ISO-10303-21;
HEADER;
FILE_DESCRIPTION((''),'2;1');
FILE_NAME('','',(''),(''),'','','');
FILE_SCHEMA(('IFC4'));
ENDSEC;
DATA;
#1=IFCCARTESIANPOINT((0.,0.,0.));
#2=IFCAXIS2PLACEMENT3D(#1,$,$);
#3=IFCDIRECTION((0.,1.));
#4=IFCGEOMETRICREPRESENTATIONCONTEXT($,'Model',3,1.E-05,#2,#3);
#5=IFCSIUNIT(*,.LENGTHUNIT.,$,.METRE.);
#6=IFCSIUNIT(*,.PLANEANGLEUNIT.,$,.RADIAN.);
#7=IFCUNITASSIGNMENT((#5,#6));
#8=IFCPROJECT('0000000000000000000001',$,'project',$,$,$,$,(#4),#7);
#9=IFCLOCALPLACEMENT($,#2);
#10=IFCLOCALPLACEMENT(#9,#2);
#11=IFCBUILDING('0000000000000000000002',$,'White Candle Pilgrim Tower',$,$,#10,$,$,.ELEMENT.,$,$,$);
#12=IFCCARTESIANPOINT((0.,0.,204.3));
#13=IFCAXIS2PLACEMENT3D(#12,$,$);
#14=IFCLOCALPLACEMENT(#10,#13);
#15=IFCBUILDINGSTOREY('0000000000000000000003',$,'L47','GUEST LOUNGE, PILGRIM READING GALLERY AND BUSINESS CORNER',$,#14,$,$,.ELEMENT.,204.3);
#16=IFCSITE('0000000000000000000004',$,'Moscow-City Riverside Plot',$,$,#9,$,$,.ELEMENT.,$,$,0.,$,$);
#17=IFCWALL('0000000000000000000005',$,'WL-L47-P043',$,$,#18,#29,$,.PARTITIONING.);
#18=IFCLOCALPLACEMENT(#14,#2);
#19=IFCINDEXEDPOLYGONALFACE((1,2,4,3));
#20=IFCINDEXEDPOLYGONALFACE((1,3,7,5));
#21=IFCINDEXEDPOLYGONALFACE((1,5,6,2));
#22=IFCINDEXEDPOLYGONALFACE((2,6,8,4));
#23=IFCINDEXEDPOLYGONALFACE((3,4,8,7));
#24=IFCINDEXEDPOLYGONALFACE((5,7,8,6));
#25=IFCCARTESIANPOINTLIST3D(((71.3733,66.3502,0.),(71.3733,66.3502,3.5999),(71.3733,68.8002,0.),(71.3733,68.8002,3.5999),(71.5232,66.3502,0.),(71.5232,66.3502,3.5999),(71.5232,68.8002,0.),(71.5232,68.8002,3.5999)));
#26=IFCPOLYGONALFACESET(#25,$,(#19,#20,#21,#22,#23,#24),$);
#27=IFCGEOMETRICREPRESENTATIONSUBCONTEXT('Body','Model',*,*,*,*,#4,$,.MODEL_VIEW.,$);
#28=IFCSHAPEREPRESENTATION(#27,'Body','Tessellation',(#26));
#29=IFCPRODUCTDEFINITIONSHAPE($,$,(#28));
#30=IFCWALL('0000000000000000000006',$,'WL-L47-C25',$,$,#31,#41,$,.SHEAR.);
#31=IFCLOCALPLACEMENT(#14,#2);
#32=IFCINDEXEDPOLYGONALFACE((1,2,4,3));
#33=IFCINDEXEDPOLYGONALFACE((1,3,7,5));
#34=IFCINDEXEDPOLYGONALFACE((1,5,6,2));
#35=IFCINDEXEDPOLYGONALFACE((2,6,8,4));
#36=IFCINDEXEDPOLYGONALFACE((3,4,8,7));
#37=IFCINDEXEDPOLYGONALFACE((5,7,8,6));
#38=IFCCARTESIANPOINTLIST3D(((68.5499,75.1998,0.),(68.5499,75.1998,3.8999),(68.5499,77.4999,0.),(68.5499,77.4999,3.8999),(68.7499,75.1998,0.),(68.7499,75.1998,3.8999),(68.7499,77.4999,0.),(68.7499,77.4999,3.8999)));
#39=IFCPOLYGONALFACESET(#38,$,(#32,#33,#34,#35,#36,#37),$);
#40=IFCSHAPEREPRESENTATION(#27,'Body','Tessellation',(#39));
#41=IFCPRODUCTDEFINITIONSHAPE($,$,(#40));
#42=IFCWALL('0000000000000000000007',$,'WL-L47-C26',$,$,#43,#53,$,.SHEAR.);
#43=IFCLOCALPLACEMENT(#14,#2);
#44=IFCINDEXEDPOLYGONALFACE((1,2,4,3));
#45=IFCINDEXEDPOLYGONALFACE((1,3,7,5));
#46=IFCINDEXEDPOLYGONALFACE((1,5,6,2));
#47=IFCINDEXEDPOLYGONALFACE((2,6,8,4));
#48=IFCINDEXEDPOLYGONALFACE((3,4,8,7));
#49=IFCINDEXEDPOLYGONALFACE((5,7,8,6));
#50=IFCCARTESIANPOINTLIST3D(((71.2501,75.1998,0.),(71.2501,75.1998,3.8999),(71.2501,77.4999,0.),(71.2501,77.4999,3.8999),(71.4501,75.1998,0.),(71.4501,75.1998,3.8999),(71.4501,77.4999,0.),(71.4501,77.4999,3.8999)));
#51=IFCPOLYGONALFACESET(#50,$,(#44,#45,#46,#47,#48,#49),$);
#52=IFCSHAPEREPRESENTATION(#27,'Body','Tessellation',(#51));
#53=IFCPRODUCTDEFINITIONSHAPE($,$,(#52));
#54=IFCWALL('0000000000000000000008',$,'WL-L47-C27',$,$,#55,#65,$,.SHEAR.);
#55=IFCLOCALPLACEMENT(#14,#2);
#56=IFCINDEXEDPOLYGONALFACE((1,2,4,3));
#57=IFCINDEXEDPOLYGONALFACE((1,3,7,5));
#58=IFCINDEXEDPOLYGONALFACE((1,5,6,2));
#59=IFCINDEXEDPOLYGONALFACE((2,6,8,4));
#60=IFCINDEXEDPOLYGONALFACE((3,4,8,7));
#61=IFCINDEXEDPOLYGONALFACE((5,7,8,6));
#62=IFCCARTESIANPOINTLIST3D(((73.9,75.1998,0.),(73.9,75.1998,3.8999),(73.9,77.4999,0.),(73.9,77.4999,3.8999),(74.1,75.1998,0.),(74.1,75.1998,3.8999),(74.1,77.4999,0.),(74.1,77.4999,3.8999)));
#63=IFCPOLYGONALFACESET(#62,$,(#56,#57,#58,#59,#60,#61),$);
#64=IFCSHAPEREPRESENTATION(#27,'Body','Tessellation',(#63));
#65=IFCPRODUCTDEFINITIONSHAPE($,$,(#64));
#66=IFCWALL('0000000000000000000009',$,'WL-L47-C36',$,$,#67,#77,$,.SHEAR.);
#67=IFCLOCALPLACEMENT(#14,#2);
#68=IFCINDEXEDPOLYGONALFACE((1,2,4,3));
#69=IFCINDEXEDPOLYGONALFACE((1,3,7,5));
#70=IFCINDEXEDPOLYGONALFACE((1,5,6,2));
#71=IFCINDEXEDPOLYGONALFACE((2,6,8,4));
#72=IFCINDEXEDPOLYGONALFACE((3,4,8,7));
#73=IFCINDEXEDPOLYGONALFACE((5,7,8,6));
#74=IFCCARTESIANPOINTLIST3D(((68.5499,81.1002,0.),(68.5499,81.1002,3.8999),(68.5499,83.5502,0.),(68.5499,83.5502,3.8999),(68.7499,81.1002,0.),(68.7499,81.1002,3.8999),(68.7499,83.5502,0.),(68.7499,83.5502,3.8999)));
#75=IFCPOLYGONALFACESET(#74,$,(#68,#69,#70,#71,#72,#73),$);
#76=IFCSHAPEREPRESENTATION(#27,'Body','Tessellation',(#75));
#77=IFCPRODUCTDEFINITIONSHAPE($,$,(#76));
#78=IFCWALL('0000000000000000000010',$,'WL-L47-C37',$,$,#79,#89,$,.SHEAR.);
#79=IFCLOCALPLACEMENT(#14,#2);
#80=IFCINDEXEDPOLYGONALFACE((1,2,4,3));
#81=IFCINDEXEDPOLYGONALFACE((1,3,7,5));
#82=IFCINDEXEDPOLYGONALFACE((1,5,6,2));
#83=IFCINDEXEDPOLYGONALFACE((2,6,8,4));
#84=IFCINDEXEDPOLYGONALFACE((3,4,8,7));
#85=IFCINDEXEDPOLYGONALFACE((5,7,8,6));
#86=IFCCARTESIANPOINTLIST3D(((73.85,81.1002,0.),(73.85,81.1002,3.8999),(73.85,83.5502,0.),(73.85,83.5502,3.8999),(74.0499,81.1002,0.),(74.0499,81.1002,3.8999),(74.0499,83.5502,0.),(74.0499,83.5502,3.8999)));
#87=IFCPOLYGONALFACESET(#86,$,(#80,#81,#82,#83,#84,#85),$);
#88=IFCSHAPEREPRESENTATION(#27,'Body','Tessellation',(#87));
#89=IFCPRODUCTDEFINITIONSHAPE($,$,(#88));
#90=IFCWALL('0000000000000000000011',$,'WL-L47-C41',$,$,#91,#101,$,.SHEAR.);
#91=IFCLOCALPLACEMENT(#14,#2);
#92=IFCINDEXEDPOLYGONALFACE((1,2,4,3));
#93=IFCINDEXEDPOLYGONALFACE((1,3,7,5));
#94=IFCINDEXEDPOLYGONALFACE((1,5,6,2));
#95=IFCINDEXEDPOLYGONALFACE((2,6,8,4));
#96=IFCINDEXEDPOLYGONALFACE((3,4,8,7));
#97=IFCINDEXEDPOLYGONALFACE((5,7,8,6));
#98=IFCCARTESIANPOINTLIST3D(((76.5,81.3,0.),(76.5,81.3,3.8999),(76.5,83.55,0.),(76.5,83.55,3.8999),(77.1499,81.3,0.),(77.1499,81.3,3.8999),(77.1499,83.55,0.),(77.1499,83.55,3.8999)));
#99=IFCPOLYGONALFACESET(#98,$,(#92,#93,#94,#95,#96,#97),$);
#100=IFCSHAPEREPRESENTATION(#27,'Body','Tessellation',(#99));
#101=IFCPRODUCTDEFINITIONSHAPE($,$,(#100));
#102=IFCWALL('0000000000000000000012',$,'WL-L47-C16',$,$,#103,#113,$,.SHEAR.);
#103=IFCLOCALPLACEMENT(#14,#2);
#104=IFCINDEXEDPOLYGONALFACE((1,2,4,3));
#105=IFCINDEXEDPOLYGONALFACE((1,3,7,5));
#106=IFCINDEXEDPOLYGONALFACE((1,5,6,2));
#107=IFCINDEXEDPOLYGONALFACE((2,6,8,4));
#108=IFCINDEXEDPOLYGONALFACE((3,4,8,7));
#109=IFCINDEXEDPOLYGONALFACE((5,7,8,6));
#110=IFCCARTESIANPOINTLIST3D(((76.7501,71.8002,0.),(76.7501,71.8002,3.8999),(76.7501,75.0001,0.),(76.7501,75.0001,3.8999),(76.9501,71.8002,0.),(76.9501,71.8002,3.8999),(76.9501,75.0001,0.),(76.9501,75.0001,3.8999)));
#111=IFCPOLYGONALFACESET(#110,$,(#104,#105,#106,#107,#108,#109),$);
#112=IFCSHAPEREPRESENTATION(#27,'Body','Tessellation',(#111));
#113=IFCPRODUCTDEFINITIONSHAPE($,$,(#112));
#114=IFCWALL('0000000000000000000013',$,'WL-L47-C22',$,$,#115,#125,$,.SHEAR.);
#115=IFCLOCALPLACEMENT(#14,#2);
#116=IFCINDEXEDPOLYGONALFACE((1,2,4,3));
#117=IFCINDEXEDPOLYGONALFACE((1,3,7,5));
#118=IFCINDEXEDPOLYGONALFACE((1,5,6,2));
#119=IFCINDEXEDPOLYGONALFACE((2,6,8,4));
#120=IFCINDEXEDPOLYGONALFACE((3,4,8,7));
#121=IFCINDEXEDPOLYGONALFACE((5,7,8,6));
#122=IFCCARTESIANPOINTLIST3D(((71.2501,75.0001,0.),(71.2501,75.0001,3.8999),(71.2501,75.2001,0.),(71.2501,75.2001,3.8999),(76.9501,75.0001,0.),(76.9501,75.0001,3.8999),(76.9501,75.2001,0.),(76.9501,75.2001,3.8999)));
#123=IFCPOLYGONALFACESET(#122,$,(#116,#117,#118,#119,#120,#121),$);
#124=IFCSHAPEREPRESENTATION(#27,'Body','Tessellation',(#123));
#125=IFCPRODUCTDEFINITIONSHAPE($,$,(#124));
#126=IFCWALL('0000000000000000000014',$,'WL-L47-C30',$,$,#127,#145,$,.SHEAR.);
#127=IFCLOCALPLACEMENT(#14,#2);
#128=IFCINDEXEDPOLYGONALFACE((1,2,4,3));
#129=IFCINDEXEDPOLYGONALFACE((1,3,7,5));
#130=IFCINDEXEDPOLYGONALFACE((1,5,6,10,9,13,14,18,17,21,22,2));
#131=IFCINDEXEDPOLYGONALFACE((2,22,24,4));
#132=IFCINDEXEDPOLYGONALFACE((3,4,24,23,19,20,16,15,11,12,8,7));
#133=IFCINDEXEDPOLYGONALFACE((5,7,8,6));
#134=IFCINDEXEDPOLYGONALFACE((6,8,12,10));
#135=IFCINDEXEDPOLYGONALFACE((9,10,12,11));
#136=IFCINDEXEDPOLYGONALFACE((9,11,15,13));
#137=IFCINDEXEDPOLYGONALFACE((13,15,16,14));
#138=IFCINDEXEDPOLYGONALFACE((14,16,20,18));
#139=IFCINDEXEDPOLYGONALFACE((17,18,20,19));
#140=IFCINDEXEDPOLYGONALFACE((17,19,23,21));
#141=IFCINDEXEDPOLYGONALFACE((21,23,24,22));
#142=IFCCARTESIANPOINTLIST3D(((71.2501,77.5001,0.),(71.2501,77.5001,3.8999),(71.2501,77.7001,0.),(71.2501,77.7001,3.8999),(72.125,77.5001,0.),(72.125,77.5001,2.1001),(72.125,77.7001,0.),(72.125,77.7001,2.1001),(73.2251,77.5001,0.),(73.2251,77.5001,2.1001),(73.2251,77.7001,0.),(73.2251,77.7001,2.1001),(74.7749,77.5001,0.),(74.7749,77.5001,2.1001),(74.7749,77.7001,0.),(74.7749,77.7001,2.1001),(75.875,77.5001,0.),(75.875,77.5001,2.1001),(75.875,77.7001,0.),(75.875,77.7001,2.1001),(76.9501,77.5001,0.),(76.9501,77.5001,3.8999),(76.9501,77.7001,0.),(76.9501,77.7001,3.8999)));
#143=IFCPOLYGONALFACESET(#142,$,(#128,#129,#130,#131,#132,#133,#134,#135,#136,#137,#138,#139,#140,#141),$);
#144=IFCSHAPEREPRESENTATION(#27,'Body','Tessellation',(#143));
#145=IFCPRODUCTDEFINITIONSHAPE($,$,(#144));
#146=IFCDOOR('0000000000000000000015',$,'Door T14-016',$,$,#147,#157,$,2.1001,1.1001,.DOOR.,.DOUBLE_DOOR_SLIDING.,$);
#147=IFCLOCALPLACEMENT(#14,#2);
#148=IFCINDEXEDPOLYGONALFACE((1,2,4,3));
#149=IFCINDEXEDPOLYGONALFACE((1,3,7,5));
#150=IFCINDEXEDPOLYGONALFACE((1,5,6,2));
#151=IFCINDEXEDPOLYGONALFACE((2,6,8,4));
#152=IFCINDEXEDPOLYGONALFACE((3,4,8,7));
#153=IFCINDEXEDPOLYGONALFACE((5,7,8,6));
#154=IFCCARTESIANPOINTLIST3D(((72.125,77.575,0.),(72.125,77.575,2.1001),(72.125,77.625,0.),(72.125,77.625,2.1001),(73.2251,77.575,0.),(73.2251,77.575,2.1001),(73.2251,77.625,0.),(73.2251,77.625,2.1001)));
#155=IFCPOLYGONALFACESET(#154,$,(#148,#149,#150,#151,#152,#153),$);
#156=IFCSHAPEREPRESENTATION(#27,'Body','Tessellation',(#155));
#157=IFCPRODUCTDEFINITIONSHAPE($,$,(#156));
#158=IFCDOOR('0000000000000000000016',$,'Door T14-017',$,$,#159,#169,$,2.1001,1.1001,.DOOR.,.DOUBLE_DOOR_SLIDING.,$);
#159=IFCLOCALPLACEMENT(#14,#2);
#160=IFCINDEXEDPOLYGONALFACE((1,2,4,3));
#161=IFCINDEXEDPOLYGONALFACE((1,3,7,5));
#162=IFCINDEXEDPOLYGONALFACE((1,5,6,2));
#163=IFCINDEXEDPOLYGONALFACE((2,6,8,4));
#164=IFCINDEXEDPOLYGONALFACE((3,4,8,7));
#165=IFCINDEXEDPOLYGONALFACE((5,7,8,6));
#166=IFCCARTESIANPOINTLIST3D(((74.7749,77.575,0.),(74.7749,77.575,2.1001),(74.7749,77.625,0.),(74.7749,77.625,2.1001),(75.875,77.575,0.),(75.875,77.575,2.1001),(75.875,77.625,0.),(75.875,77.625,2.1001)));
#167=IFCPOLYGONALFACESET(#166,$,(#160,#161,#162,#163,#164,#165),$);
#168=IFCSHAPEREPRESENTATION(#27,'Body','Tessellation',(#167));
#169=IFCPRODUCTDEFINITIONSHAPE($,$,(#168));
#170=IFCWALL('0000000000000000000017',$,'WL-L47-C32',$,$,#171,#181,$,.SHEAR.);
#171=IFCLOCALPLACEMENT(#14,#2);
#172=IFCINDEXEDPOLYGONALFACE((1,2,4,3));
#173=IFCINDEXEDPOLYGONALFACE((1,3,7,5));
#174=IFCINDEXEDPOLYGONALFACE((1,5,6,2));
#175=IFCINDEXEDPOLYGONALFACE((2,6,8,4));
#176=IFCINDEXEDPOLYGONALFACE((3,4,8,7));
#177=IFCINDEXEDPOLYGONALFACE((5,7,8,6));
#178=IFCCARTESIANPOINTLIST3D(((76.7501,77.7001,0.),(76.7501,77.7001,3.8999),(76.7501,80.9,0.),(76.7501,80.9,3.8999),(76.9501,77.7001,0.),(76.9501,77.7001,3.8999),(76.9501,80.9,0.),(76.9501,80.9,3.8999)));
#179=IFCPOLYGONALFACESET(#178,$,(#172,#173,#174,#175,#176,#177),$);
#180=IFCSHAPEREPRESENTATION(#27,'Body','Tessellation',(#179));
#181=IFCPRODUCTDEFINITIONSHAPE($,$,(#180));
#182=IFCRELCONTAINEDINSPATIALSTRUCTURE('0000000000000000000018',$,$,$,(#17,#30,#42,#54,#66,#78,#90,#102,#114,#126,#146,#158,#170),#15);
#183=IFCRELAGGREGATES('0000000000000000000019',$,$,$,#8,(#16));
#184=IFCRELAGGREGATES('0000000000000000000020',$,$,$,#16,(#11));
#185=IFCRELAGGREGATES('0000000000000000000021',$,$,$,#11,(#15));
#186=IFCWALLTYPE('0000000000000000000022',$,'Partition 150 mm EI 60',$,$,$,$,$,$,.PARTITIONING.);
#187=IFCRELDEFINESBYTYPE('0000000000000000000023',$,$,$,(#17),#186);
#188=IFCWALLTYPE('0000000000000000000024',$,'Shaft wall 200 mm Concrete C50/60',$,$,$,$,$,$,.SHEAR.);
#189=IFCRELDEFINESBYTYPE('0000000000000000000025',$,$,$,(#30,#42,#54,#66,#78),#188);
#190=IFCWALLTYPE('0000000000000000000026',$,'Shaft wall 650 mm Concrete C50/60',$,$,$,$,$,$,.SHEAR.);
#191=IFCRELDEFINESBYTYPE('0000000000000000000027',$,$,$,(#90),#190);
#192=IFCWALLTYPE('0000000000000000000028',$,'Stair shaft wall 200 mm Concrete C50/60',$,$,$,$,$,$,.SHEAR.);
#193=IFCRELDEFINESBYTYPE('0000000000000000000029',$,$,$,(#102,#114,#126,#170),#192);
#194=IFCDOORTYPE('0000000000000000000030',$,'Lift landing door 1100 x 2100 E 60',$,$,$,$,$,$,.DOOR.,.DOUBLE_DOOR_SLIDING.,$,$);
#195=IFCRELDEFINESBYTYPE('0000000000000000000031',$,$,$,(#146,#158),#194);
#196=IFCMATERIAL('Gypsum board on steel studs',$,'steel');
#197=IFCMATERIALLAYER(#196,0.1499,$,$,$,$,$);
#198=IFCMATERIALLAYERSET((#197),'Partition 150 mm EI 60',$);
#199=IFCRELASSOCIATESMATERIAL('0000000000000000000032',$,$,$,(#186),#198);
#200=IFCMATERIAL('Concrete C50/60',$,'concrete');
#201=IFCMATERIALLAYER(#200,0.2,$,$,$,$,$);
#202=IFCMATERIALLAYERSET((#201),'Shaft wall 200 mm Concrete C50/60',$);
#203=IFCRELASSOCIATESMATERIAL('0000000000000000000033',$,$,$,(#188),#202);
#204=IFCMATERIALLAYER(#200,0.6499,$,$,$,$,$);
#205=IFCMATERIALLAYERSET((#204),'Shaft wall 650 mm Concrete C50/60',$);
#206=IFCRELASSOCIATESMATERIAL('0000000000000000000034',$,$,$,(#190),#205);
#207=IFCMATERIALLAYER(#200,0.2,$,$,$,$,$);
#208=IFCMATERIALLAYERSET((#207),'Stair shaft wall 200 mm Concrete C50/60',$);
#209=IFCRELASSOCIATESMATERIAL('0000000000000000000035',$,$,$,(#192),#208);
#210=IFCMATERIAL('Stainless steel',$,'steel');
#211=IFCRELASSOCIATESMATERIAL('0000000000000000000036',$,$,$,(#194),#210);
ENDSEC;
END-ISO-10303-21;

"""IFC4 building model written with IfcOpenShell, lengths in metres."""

from ifc_helpers import new_model, si_unit, direction, frame, frame_2d, origin, place, context, subcontext, project, spatial, rectangle, extrude, material, layer, layer_set, type_object, element, fill, save


model = new_model("IFC4")

# Units and contexts
model_context = context("Model", 3, precision=1e-05, world=origin(), true_north=direction((0.0, 1.0)))
body_context = subcontext(model_context, "Body", "Model", "MODEL_VIEW")
ifc_project = project(units=[si_unit("LENGTHUNIT", "METRE"), si_unit("PLANEANGLEUNIT", "RADIAN")], contexts=[model_context])

# Site, building, storey
site_placement = place(None, origin())
site = spatial("IfcSite", under=ifc_project, at=site_placement, Name="Moscow-City Riverside Plot", CompositionType="ELEMENT", RefElevation=0.0)
building_placement = place(site_placement, origin())
building = spatial("IfcBuilding", under=site, at=building_placement, Name="White Candle Pilgrim Tower", CompositionType="ELEMENT")
storey_placement = place(building_placement, frame((0.0, 0.0, 204.3)))
storey = spatial("IfcBuildingStorey", under=building, at=storey_placement, Name="L47", Description="GUEST LOUNGE, PILGRIM READING GALLERY AND BUSINESS CORNER", CompositionType="ELEMENT", Elevation=204.3)

# Shared definitions
ifc_material_1 = material(Name="Concrete C50/60", Category="concrete")

# Shared definitions
ifc_material_2 = material(Name="Gypsum board on steel studs", Category="steel")

# Walls
ifc_layer_1 = layer(ifc_material_2, 0.1499)
ifc_layer_set_1 = layer_set([ifc_layer_1], Name="Partition 150 mm EI 60")
wall_type_1 = type_object("IfcWallType", Name="Partition 150 mm EI 60", PredefinedType="PARTITIONING", material=ifc_layer_set_1)
wall_1_placement = place(storey_placement, frame((71.4482, 66.3501, 0.0), z_axis=(0.0, 0.0, 1.0), x_axis=(0.0, 1.0, 0.0)))
element("IfcWall", 1, at=wall_1_placement, inside=storey, type_object=wall_type_1, Name="WL-L47-P043", PredefinedType="PARTITIONING", context=body_context, shape_type="SweptSolid", body=[
    extrude(rectangle(XDim=2.45, YDim=0.1499, at=frame_2d((1.2251, 0.0))), origin(), (0.0, 0.0, 1.0), 3.5999),
])
ifc_layer_2 = layer(ifc_material_1, 0.2)
ifc_layer_set_2 = layer_set([ifc_layer_2], Name="Shaft wall 200 mm Concrete C50/60")
wall_type_2 = type_object("IfcWallType", Name="Shaft wall 200 mm Concrete C50/60", PredefinedType="SHEAR", material=ifc_layer_set_2)
for number, where, z_axis, x_axis, name in (
    (2, (68.6499, 75.2, 0.0), (0.0, 0.0, 1.0), (0.0, 1.0, 0.0), "WL-L47-C25"),
    (3, (71.3501, 75.2, 0.0), (0.0, 0.0, 1.0), (0.0, 1.0, 0.0), "WL-L47-C26"),
    (4, (74.0, 75.2, 0.0), (0.0, 0.0, 1.0), (0.0, 1.0, 0.0), "WL-L47-C27"),
):
    element("IfcWall", number, at=place(storey_placement, frame(where, z_axis=z_axis, x_axis=x_axis)), inside=storey, type_object=wall_type_2, Name=name, PredefinedType="SHEAR", context=body_context, shape_type="SweptSolid", body=[
        extrude(rectangle(XDim=2.3, YDim=0.2, at=frame_2d((1.1499, 0.0))), origin(), (0.0, 0.0, 1.0), 3.8999),
    ])
for number, where, z_axis, x_axis, name in (
    (5, (68.6499, 81.1001, 0.0), (0.0, 0.0, 1.0), (0.0, 1.0, 0.0), "WL-L47-C36"),
    (6, (73.95, 81.1001, 0.0), (0.0, 0.0, 1.0), (0.0, 1.0, 0.0), "WL-L47-C37"),
):
    element("IfcWall", number, at=place(storey_placement, frame(where, z_axis=z_axis, x_axis=x_axis)), inside=storey, type_object=wall_type_2, Name=name, PredefinedType="SHEAR", context=body_context, shape_type="SweptSolid", body=[
        extrude(rectangle(XDim=2.45, YDim=0.2, at=frame_2d((1.2251, 0.0))), origin(), (0.0, 0.0, 1.0), 3.8999),
    ])
ifc_layer_3 = layer(ifc_material_1, 0.6499)
ifc_layer_set_3 = layer_set([ifc_layer_3], Name="Shaft wall 650 mm Concrete C50/60")
wall_type_3 = type_object("IfcWallType", Name="Shaft wall 650 mm Concrete C50/60", PredefinedType="SHEAR", material=ifc_layer_set_3)
wall_2_placement = place(storey_placement, frame((76.825, 81.3, 0.0), z_axis=(0.0, 0.0, 1.0), x_axis=(0.0, 1.0, 0.0)))
element("IfcWall", 7, at=wall_2_placement, inside=storey, type_object=wall_type_3, Name="WL-L47-C41", PredefinedType="SHEAR", context=body_context, shape_type="SweptSolid", body=[
    extrude(rectangle(XDim=2.25, YDim=0.6499, at=frame_2d((1.125, 0.0))), origin(), (0.0, 0.0, 1.0), 3.8999),
])
ifc_layer_4 = layer(ifc_material_1, 0.2)
ifc_layer_set_4 = layer_set([ifc_layer_4], Name="Stair shaft wall 200 mm Concrete C50/60")
wall_type_4 = type_object("IfcWallType", Name="Stair shaft wall 200 mm Concrete C50/60", PredefinedType="SHEAR", material=ifc_layer_set_4)
wall_3_placement = place(storey_placement, frame((76.8501, 71.8, 0.0), z_axis=(0.0, 0.0, 1.0), x_axis=(0.0, 1.0, 0.0)))
element("IfcWall", 8, at=wall_3_placement, inside=storey, type_object=wall_type_4, Name="WL-L47-C16", PredefinedType="SHEAR", context=body_context, shape_type="SweptSolid", body=[
    extrude(rectangle(XDim=3.2, YDim=0.2, at=frame_2d((1.6001, 0.0))), origin(), (0.0, 0.0, 1.0), 3.8999),
])
wall_4_placement = place(storey_placement, frame((71.25, 75.1001, 0.0), z_axis=(0.0, 0.0, 1.0), x_axis=(1.0, 0.0, 0.0)))
element("IfcWall", 9, at=wall_4_placement, inside=storey, type_object=wall_type_4, Name="WL-L47-C22", PredefinedType="SHEAR", context=body_context, shape_type="SweptSolid", body=[
    extrude(rectangle(XDim=5.7, YDim=0.2, at=frame_2d((2.8501, 0.0))), origin(), (0.0, 0.0, 1.0), 3.8999),
])

# Wall, openings, doors
wall_5_placement = place(storey_placement, frame((71.25, 77.6001, 0.0), z_axis=(0.0, 0.0, 1.0), x_axis=(1.0, 0.0, 0.0)))
wall_5 = element("IfcWall", 10, at=wall_5_placement, inside=storey, type_object=wall_type_4, Name="WL-L47-C30", PredefinedType="SHEAR", context=body_context, shape_type="SweptSolid", body=[
    extrude(rectangle(XDim=5.7, YDim=0.2, at=frame_2d((2.8501, 0.0))), origin(), (0.0, 0.0, 1.0), 3.8999),
])
opening_1_placement = place(wall_5_placement, frame((0.875, 0.0, 0.0)))
opening_1 = element("IfcOpeningElement", 11, at=opening_1_placement, cuts=wall_5, PredefinedType="OPENING", context=body_context, shape_type="SweptSolid", body=[
    extrude(rectangle(XDim=1.1001, YDim=2.1001, at=frame_2d((0.55, 1.05))), frame((0.0, 0.1099, 0.0), z_axis=(0.0, -1.0, 0.0), x_axis=(1.0, 0.0, 0.0)), (0.0, 0.0, 1.0), 0.22),
])
opening_2_placement = place(wall_5_placement, frame((3.5249, 0.0, 0.0)))
opening_2 = element("IfcOpeningElement", 12, at=opening_2_placement, cuts=wall_5, PredefinedType="OPENING", context=body_context, shape_type="SweptSolid", body=[
    extrude(rectangle(XDim=1.1001, YDim=2.1001, at=frame_2d((0.55, 1.05))), frame((0.0, 0.1099, 0.0), z_axis=(0.0, -1.0, 0.0), x_axis=(1.0, 0.0, 0.0)), (0.0, 0.0, 1.0), 0.22),
])
ifc_material_3 = material(Name="Stainless steel", Category="steel")
door_type_1 = type_object("IfcDoorType", Name="Lift landing door 1100 x 2100 E 60", OperationType="DOUBLE_DOOR_SLIDING", PredefinedType="DOOR", material=ifc_material_3)
door_1_placement = place(opening_1_placement, origin())
door_1 = element("IfcDoor", 13, at=door_1_placement, inside=storey, type_object=door_type_1, Name="Door T14-016", OperationType="DOUBLE_DOOR_SLIDING", OverallHeight=2.1001, OverallWidth=1.1001, PredefinedType="DOOR", context=body_context, shape_type="SweptSolid", body=[
    extrude(rectangle(XDim=1.1001, YDim=2.1001, at=frame_2d((0.55, 1.05))), frame((0.0, 0.0249, 0.0), z_axis=(0.0, -1.0, 0.0), x_axis=(1.0, 0.0, 0.0)), (0.0, 0.0, 1.0), 0.05),
])
fill(opening_1, door_1)
door_2_placement = place(opening_2_placement, origin())
door_2 = element("IfcDoor", 14, at=door_2_placement, inside=storey, type_object=door_type_1, Name="Door T14-017", OperationType="DOUBLE_DOOR_SLIDING", OverallHeight=2.1001, OverallWidth=1.1001, PredefinedType="DOOR", context=body_context, shape_type="SweptSolid", body=[
    extrude(rectangle(XDim=1.1001, YDim=2.1001, at=frame_2d((0.55, 1.05))), frame((0.0, 0.0249, 0.0), z_axis=(0.0, -1.0, 0.0), x_axis=(1.0, 0.0, 0.0)), (0.0, 0.0, 1.0), 0.05),
])
fill(opening_2, door_2)

# Wall
wall_6_placement = place(storey_placement, frame((76.8501, 77.7, 0.0), z_axis=(0.0, 0.0, 1.0), x_axis=(0.0, 1.0, 0.0)))
element("IfcWall", 15, at=wall_6_placement, inside=storey, type_object=wall_type_4, Name="WL-L47-C32", PredefinedType="SHEAR", context=body_context, shape_type="SweptSolid", body=[
    extrude(rectangle(XDim=3.2, YDim=0.2, at=frame_2d((1.6001, 0.0))), origin(), (0.0, 0.0, 1.0), 3.8999),
])

save(model, "model.ifc")
